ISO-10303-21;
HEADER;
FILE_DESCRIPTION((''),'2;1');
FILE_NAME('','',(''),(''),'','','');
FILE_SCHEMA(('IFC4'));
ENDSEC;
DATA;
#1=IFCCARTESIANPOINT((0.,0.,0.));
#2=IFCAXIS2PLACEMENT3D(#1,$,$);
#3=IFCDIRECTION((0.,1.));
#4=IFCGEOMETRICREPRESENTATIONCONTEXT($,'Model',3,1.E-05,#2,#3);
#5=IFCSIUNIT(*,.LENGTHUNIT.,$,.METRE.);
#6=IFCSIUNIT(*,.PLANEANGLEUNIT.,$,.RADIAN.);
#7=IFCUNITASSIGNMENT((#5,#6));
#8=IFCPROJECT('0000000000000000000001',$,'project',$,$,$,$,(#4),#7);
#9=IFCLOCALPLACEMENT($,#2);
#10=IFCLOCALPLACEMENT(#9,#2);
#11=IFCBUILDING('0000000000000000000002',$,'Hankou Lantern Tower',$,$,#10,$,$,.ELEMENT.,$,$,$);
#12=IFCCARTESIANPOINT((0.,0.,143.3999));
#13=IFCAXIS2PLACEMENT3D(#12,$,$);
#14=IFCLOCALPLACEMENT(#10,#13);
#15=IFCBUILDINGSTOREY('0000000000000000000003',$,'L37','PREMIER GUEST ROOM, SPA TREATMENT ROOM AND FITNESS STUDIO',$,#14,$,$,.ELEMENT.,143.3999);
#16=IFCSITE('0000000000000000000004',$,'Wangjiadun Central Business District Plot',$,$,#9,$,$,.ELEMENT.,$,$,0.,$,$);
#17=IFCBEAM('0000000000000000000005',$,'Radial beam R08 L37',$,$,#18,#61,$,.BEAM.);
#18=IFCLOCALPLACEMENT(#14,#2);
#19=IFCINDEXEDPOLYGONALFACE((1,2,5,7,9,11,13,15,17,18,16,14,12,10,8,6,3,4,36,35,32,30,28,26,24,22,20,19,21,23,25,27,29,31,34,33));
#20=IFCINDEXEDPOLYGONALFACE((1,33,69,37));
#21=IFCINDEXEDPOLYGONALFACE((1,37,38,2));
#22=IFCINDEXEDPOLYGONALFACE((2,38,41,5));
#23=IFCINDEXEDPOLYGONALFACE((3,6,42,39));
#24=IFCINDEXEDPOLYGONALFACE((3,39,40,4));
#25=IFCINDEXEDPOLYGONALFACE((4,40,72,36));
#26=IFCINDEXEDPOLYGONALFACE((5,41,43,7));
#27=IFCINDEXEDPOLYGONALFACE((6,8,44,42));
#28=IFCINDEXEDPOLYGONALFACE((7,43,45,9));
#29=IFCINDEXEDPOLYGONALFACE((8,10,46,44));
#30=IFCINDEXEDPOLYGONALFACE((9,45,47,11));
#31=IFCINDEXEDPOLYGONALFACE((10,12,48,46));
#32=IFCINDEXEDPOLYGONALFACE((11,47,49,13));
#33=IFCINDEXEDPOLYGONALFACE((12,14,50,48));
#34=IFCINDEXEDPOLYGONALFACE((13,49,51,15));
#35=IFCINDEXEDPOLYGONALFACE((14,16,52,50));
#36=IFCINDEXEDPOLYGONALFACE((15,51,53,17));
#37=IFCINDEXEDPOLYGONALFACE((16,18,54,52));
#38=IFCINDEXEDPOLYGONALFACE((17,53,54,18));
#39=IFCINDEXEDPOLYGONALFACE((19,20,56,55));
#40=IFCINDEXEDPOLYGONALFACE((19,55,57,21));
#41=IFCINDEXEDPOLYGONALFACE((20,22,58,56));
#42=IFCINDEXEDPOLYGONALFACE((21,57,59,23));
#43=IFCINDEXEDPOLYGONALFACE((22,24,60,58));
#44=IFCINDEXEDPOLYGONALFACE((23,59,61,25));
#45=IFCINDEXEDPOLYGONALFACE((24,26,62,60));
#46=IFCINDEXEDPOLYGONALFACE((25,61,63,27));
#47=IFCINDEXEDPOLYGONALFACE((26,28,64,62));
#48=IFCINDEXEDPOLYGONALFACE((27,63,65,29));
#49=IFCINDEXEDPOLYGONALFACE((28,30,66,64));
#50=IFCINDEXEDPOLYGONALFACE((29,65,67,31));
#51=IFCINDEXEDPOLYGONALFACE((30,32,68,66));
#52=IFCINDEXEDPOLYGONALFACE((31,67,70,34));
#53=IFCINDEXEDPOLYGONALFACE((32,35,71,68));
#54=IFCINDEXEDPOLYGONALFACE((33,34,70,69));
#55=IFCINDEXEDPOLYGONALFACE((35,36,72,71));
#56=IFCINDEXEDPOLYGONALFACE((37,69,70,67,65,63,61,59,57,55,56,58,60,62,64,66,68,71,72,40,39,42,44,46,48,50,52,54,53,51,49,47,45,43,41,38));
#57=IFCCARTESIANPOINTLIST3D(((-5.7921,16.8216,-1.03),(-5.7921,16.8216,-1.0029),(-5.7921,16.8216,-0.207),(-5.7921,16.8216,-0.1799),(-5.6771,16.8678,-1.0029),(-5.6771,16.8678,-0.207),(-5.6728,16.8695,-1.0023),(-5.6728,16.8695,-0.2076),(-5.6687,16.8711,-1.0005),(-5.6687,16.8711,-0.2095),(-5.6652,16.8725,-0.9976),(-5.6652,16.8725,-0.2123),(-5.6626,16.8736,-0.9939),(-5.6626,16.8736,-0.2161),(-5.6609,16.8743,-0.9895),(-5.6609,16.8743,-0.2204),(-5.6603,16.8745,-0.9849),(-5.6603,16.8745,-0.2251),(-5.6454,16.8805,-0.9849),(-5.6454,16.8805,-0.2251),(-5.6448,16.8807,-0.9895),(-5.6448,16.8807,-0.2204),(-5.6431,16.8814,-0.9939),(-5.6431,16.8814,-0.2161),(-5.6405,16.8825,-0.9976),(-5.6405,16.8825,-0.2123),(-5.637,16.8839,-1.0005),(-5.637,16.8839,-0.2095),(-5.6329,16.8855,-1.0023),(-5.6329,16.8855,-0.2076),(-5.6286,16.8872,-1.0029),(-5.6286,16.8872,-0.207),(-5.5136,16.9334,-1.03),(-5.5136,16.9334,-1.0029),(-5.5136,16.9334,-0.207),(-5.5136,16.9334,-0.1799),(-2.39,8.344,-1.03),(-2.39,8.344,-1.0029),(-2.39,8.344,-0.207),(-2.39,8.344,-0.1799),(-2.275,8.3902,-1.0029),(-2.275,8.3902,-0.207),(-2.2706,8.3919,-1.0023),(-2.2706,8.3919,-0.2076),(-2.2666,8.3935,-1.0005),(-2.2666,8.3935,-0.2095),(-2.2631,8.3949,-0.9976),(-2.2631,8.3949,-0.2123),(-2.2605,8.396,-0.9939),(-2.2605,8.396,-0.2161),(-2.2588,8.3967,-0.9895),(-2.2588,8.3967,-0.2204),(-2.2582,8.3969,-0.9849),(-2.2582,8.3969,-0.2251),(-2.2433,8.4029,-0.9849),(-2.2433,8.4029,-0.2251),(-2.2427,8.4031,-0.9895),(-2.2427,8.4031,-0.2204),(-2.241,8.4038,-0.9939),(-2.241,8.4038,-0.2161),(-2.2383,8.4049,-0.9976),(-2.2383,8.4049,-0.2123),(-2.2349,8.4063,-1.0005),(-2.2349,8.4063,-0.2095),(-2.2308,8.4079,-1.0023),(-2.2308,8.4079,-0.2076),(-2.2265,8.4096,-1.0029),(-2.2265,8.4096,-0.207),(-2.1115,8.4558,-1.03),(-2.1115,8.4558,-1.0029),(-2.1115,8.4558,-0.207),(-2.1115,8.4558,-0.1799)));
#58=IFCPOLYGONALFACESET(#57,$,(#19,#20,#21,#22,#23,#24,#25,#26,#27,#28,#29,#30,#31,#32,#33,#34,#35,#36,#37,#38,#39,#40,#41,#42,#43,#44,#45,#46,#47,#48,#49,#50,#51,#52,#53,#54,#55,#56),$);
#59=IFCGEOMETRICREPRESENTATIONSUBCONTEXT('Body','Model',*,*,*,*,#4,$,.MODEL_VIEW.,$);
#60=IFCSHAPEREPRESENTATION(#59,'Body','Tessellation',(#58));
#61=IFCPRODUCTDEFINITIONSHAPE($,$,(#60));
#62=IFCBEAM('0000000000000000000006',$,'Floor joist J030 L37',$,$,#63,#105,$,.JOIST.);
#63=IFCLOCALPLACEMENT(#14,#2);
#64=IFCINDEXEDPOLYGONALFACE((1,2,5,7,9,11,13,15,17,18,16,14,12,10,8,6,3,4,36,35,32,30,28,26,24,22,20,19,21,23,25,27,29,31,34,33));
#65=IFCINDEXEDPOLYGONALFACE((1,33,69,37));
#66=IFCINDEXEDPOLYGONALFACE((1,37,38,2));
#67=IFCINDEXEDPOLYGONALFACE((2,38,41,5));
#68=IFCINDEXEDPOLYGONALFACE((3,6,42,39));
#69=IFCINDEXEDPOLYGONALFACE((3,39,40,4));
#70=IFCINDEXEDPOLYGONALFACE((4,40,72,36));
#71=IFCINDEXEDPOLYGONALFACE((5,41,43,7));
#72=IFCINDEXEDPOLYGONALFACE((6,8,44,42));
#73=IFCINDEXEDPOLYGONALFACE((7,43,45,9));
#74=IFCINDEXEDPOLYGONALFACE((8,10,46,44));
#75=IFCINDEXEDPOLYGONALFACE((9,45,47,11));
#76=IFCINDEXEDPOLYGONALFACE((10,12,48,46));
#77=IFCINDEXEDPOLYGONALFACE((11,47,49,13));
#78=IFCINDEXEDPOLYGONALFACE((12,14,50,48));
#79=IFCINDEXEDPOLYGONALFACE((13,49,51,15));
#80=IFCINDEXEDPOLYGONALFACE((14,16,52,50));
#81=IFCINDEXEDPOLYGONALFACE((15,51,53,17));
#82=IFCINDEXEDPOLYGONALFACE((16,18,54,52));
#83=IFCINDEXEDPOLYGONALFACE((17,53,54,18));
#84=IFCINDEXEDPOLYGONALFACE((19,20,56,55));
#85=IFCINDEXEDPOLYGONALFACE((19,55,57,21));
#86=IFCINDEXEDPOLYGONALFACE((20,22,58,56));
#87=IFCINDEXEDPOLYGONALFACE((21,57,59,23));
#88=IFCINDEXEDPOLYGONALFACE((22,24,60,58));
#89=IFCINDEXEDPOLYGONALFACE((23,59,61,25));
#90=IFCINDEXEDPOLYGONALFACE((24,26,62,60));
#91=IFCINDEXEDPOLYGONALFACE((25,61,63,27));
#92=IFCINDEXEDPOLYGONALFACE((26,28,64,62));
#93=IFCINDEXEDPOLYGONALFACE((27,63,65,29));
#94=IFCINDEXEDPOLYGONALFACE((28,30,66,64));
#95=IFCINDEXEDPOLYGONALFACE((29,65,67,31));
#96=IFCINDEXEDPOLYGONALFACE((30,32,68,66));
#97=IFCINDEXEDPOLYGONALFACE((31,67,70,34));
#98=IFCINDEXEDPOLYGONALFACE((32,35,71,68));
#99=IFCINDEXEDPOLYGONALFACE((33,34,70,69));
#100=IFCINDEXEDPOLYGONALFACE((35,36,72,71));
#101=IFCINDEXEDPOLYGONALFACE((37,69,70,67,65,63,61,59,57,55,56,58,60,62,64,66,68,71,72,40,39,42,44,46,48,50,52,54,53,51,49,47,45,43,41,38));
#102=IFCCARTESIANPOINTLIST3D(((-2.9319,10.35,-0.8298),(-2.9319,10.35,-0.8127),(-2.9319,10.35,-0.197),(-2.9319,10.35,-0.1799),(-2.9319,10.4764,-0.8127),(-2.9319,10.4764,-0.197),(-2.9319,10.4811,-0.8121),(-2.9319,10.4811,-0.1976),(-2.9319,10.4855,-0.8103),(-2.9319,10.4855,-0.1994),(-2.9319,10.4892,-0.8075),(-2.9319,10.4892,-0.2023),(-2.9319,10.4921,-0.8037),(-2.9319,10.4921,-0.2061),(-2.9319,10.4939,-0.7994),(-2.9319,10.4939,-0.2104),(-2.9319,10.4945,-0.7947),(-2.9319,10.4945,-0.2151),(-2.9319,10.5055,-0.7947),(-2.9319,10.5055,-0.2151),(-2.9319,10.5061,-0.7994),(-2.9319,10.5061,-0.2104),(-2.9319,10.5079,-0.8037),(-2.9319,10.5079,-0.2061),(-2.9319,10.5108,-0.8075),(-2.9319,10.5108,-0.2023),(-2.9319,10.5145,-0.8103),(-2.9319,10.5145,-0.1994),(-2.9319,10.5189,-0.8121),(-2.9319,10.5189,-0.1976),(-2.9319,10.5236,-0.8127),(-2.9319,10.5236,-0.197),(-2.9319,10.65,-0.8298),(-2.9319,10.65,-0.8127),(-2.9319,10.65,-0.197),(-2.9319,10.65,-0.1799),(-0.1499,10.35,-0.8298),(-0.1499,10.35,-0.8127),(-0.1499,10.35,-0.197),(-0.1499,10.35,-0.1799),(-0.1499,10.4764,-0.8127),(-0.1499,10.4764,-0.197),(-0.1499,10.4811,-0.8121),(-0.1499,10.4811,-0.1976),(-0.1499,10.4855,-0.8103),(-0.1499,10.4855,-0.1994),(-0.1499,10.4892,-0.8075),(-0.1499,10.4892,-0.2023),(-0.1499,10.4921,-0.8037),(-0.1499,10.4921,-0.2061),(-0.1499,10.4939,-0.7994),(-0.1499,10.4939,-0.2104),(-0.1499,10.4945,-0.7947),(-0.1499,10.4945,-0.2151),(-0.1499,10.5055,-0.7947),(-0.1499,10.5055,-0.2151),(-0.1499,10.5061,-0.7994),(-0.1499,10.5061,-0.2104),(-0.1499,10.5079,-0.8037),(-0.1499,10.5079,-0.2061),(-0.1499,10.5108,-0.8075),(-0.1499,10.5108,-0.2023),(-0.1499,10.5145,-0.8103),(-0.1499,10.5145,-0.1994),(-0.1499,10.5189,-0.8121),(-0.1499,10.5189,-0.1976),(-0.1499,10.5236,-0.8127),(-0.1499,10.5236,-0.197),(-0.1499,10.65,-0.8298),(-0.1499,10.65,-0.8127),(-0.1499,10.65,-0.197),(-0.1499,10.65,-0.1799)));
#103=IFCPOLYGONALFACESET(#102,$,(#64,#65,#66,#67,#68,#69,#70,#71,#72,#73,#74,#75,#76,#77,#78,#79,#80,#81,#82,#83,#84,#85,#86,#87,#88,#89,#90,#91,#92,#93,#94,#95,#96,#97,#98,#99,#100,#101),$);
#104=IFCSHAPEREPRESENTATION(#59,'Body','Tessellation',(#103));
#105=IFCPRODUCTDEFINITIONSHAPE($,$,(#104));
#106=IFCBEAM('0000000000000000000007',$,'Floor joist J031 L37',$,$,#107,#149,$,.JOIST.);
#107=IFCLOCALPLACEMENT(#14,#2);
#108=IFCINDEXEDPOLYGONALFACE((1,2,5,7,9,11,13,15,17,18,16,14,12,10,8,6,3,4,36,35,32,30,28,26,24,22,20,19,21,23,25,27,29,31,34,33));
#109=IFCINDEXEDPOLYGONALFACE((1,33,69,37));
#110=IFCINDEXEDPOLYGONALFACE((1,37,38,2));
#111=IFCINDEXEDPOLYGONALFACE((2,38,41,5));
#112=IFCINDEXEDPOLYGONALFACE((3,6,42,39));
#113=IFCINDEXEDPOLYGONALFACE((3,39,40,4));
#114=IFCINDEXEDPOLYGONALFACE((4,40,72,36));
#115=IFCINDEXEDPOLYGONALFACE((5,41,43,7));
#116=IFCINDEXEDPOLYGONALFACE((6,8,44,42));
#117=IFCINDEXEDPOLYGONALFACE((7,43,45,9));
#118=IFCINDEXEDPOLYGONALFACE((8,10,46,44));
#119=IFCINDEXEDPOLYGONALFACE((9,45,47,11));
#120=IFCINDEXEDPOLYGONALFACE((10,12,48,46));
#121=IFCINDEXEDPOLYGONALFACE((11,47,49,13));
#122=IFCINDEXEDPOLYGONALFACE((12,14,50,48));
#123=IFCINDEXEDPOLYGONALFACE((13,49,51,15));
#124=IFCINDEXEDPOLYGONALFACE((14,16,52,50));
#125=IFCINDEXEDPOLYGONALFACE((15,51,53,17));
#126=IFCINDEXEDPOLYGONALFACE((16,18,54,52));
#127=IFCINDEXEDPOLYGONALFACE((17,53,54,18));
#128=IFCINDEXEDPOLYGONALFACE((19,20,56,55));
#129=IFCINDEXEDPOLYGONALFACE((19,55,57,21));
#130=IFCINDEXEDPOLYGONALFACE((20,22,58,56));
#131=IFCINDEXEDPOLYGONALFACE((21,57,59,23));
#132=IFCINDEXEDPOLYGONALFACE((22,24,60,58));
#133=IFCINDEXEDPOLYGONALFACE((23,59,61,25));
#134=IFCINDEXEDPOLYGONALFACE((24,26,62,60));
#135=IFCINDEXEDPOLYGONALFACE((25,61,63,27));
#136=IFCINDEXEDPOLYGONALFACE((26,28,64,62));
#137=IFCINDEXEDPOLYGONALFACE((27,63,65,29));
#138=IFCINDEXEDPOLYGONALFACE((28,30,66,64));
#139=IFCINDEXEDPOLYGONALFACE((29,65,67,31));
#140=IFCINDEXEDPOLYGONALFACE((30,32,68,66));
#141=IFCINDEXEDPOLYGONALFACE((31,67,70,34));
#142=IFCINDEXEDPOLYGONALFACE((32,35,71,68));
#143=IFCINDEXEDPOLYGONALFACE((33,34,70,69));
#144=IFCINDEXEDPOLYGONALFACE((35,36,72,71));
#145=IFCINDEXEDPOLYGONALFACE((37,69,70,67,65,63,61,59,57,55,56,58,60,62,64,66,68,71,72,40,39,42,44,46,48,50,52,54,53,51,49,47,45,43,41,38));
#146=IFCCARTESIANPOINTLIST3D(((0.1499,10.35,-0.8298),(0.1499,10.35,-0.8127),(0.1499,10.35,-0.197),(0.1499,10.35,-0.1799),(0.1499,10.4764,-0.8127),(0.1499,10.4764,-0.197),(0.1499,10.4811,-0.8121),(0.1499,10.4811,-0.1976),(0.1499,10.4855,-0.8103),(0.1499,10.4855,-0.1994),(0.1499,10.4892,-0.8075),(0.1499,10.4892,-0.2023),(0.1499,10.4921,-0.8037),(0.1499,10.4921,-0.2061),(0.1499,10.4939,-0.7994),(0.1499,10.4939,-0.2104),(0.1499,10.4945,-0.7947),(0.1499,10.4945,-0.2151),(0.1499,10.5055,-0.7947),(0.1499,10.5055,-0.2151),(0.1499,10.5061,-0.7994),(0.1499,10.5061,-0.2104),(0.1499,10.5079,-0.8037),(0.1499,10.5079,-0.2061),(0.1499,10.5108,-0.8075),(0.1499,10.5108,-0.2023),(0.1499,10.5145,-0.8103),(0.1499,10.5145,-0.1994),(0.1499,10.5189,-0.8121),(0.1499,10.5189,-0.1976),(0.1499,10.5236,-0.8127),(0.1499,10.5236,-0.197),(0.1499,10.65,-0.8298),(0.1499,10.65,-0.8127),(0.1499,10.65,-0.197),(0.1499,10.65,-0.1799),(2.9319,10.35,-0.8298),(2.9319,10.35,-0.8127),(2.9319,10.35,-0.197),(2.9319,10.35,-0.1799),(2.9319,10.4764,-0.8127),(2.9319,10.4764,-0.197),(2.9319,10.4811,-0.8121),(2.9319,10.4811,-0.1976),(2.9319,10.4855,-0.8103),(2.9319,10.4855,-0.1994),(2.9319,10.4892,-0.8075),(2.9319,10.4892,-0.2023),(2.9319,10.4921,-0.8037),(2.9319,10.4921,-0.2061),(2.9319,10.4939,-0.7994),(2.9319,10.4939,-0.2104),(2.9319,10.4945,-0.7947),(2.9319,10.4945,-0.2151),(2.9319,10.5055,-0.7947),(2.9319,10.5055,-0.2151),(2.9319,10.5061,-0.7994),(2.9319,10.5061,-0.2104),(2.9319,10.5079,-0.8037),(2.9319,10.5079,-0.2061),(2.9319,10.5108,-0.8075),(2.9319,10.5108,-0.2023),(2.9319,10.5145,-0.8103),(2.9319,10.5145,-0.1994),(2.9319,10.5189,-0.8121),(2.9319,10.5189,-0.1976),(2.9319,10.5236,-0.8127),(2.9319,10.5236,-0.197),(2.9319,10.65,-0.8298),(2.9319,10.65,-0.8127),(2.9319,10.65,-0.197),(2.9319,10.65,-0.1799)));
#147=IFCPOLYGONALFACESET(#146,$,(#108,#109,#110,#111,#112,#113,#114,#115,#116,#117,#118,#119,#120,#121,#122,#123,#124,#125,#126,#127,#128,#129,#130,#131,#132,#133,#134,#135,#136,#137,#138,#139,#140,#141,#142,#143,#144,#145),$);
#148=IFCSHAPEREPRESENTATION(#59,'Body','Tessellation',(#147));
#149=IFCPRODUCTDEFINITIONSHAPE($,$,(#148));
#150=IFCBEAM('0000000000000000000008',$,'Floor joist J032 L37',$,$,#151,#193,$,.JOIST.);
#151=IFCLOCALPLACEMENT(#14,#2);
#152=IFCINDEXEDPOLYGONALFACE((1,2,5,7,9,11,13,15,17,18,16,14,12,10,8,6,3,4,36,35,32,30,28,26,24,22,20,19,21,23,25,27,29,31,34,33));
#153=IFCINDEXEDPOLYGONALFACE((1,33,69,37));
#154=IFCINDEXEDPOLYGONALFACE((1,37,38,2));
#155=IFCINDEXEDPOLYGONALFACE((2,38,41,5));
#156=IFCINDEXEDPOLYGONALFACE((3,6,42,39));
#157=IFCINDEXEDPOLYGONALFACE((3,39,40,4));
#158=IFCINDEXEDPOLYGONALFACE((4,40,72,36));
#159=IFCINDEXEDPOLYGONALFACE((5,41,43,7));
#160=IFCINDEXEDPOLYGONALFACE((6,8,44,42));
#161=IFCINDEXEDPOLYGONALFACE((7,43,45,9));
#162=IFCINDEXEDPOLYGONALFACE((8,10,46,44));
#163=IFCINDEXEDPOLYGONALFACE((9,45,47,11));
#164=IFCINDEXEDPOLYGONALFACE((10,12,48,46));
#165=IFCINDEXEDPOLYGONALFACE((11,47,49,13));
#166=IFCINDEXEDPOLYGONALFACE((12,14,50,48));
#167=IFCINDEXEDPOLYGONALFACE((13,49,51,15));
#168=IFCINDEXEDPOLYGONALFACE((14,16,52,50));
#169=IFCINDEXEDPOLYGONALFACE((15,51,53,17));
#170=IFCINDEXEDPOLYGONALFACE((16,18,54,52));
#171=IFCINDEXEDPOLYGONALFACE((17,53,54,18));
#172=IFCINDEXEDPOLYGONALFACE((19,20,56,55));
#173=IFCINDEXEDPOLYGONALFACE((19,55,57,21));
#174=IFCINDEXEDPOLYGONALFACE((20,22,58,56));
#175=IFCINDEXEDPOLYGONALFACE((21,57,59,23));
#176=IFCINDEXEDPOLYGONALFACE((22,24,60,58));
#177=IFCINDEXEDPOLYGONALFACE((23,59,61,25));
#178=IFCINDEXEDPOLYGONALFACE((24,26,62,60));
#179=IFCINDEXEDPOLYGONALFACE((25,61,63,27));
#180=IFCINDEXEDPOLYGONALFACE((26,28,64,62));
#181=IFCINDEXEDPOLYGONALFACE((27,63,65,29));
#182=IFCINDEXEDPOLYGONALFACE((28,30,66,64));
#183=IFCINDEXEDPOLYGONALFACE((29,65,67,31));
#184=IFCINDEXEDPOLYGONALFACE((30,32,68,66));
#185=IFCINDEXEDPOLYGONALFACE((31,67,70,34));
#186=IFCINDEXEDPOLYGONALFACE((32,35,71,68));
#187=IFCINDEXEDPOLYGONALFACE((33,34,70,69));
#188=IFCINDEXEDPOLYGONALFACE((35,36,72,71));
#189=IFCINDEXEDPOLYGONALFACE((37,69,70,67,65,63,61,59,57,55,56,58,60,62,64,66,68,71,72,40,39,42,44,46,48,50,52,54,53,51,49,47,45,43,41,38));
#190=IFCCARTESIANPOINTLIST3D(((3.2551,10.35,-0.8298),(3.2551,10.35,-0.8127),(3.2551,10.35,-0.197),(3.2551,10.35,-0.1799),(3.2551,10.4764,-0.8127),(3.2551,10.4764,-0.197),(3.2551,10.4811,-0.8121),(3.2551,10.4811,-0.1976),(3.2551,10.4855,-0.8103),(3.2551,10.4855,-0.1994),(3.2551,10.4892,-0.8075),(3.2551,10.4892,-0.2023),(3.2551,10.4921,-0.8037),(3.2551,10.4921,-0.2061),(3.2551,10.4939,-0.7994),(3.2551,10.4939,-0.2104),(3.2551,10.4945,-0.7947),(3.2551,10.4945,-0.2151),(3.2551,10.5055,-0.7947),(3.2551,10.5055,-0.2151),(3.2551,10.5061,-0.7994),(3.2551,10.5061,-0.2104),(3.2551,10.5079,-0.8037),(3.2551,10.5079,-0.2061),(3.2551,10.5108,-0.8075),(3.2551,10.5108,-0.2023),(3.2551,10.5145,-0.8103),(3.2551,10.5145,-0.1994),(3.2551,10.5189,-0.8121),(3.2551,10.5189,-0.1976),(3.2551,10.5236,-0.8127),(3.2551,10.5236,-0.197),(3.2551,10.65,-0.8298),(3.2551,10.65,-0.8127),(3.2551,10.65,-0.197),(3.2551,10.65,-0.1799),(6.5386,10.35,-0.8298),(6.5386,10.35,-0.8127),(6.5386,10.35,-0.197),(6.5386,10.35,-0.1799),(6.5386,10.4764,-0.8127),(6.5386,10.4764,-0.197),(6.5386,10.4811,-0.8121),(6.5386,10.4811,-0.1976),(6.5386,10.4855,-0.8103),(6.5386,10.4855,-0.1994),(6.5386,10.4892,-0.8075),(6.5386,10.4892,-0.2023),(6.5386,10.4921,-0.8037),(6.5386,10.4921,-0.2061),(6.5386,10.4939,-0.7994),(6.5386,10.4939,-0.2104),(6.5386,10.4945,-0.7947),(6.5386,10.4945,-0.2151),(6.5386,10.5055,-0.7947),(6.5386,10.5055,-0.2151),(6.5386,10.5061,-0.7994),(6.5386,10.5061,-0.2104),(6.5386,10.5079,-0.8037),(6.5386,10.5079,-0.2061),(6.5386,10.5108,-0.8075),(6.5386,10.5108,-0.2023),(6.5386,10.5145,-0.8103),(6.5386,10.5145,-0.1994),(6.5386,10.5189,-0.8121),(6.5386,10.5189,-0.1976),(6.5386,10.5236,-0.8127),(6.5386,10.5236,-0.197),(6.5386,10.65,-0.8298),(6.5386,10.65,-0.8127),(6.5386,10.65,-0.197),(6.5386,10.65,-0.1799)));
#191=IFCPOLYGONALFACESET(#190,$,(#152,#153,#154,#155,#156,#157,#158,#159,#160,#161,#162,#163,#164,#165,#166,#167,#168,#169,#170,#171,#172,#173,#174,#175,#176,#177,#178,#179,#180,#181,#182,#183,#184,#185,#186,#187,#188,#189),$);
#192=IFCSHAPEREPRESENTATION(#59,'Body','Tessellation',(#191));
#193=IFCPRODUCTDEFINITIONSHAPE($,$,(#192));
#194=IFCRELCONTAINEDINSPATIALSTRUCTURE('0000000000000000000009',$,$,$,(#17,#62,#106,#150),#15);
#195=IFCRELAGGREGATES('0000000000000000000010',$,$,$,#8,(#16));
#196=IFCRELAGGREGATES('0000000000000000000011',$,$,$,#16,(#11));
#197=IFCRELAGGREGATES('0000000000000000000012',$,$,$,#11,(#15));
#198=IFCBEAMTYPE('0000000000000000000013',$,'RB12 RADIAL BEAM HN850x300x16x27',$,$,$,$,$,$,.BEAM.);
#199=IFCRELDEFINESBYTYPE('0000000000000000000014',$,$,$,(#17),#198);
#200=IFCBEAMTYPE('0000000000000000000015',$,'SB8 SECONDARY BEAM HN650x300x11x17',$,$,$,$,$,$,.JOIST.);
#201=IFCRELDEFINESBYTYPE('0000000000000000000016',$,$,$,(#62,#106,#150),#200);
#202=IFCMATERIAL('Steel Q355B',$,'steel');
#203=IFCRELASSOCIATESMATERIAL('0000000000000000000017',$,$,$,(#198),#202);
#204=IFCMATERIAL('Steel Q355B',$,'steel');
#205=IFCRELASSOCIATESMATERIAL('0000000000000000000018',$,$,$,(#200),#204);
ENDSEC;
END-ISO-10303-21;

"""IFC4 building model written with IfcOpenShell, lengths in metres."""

from ifc_helpers import new_model, si_unit, direction, frame, origin, origin_2d, place, context, subcontext, project, spatial, i_section, extrude, material, material_profile, profile_set, type_object, element, save


model = new_model("IFC4")

# Units and contexts
model_context = context("Model", 3, precision=1e-05, world=origin(), true_north=direction((0.0, 1.0)))
body_context = subcontext(model_context, "Body", "Model", "MODEL_VIEW")
ifc_project = project(units=[si_unit("LENGTHUNIT", "METRE"), si_unit("PLANEANGLEUNIT", "RADIAN")], contexts=[model_context])

# Site, building, storey
site_placement = place(None, origin())
site = spatial("IfcSite", under=ifc_project, at=site_placement, Name="Wangjiadun Central Business District Plot", CompositionType="ELEMENT", RefElevation=0.0)
building_placement = place(site_placement, origin())
building = spatial("IfcBuilding", under=site, at=building_placement, Name="Hankou Lantern Tower", CompositionType="ELEMENT")
storey_placement = place(building_placement, frame((0.0, 0.0, 143.3999)))
storey = spatial("IfcBuildingStorey", under=building, at=storey_placement, Name="L37", Description="PREMIER GUEST ROOM, SPA TREATMENT ROOM AND FITNESS STUDIO", CompositionType="ELEMENT", Elevation=143.3999)

# Beams
ifc_material_1 = material(Name="Steel Q355B", Category="steel")
ifc_material_profile_1 = material_profile(ifc_material_1, i_section(OverallWidth=0.3, OverallDepth=0.8501, WebThickness=0.0161, FlangeThickness=0.0271, FilletRadius=0.0181, at=origin_2d()), Name="HN850x300x16x27")
ifc_profile_set_1 = profile_set([ifc_material_profile_1], Name="Steel Q355B")
beam_type_1 = type_object("IfcBeamType", Name="RB12 RADIAL BEAM HN850x300x16x27", PredefinedType="BEAM", material=ifc_profile_set_1)
beam_1_placement = place(storey_placement, frame((-2.2507, 8.3999, -0.605), z_axis=(-0.372436, 0.928058, 0.0), x_axis=(-0.928058, -0.372436, 0.0)))
element("IfcBeam", 1, at=beam_1_placement, inside=storey, type_object=beam_type_1, Name="Radial beam R08 L37", PredefinedType="BEAM", context=body_context, shape_type="SweptSolid", body=[
    extrude(i_section(OverallWidth=0.3, OverallDepth=0.8501, WebThickness=0.0161, FlangeThickness=0.0271, FilletRadius=0.0181, at=origin_2d()), origin(), (0.0, 0.0, 1.0), 9.1348),
])
ifc_material_2 = material(Name="Steel Q355B", Category="steel")
ifc_material_profile_2 = material_profile(ifc_material_2, i_section(OverallWidth=0.3, OverallDepth=0.6499, WebThickness=0.011, FlangeThickness=0.0171, FilletRadius=0.0181, at=origin_2d()), Name="HN650x300x11x17")
ifc_profile_set_2 = profile_set([ifc_material_profile_2], Name="Steel Q355B")
beam_type_2 = type_object("IfcBeamType", Name="SB8 SECONDARY BEAM HN650x300x11x17", PredefinedType="JOIST", material=ifc_profile_set_2)
for number, where, z_axis, x_axis, name in (
    (2, (-2.9319, 10.5, -0.5049), (1.0, 0.0, 0.0), (0.0, 1.0, 0.0), "Floor joist J030 L37"),
    (3, (0.1499, 10.5, -0.5049), (1.0, 0.0, 0.0), (0.0, 1.0, 0.0), "Floor joist J031 L37"),
):
    element("IfcBeam", number, at=place(storey_placement, frame(where, z_axis=z_axis, x_axis=x_axis)), inside=storey, type_object=beam_type_2, Name=name, PredefinedType="JOIST", context=body_context, shape_type="SweptSolid", body=[
        extrude(i_section(OverallWidth=0.3, OverallDepth=0.6499, WebThickness=0.011, FlangeThickness=0.0171, FilletRadius=0.0181, at=origin_2d()), origin(), (0.0, 0.0, 1.0), 2.782),
    ])
beam_2_placement = place(storey_placement, frame((3.2551, 10.5, -0.5049), z_axis=(1.0, 0.0, 0.0), x_axis=(0.0, 1.0, 0.0)))
element("IfcBeam", 4, at=beam_2_placement, inside=storey, type_object=beam_type_2, Name="Floor joist J032 L37", PredefinedType="JOIST", context=body_context, shape_type="SweptSolid", body=[
    extrude(i_section(OverallWidth=0.3, OverallDepth=0.6499, WebThickness=0.011, FlangeThickness=0.0171, FilletRadius=0.0181, at=origin_2d()), origin(), (0.0, 0.0, 1.0), 3.2834),
])

save(model, "model.ifc")
